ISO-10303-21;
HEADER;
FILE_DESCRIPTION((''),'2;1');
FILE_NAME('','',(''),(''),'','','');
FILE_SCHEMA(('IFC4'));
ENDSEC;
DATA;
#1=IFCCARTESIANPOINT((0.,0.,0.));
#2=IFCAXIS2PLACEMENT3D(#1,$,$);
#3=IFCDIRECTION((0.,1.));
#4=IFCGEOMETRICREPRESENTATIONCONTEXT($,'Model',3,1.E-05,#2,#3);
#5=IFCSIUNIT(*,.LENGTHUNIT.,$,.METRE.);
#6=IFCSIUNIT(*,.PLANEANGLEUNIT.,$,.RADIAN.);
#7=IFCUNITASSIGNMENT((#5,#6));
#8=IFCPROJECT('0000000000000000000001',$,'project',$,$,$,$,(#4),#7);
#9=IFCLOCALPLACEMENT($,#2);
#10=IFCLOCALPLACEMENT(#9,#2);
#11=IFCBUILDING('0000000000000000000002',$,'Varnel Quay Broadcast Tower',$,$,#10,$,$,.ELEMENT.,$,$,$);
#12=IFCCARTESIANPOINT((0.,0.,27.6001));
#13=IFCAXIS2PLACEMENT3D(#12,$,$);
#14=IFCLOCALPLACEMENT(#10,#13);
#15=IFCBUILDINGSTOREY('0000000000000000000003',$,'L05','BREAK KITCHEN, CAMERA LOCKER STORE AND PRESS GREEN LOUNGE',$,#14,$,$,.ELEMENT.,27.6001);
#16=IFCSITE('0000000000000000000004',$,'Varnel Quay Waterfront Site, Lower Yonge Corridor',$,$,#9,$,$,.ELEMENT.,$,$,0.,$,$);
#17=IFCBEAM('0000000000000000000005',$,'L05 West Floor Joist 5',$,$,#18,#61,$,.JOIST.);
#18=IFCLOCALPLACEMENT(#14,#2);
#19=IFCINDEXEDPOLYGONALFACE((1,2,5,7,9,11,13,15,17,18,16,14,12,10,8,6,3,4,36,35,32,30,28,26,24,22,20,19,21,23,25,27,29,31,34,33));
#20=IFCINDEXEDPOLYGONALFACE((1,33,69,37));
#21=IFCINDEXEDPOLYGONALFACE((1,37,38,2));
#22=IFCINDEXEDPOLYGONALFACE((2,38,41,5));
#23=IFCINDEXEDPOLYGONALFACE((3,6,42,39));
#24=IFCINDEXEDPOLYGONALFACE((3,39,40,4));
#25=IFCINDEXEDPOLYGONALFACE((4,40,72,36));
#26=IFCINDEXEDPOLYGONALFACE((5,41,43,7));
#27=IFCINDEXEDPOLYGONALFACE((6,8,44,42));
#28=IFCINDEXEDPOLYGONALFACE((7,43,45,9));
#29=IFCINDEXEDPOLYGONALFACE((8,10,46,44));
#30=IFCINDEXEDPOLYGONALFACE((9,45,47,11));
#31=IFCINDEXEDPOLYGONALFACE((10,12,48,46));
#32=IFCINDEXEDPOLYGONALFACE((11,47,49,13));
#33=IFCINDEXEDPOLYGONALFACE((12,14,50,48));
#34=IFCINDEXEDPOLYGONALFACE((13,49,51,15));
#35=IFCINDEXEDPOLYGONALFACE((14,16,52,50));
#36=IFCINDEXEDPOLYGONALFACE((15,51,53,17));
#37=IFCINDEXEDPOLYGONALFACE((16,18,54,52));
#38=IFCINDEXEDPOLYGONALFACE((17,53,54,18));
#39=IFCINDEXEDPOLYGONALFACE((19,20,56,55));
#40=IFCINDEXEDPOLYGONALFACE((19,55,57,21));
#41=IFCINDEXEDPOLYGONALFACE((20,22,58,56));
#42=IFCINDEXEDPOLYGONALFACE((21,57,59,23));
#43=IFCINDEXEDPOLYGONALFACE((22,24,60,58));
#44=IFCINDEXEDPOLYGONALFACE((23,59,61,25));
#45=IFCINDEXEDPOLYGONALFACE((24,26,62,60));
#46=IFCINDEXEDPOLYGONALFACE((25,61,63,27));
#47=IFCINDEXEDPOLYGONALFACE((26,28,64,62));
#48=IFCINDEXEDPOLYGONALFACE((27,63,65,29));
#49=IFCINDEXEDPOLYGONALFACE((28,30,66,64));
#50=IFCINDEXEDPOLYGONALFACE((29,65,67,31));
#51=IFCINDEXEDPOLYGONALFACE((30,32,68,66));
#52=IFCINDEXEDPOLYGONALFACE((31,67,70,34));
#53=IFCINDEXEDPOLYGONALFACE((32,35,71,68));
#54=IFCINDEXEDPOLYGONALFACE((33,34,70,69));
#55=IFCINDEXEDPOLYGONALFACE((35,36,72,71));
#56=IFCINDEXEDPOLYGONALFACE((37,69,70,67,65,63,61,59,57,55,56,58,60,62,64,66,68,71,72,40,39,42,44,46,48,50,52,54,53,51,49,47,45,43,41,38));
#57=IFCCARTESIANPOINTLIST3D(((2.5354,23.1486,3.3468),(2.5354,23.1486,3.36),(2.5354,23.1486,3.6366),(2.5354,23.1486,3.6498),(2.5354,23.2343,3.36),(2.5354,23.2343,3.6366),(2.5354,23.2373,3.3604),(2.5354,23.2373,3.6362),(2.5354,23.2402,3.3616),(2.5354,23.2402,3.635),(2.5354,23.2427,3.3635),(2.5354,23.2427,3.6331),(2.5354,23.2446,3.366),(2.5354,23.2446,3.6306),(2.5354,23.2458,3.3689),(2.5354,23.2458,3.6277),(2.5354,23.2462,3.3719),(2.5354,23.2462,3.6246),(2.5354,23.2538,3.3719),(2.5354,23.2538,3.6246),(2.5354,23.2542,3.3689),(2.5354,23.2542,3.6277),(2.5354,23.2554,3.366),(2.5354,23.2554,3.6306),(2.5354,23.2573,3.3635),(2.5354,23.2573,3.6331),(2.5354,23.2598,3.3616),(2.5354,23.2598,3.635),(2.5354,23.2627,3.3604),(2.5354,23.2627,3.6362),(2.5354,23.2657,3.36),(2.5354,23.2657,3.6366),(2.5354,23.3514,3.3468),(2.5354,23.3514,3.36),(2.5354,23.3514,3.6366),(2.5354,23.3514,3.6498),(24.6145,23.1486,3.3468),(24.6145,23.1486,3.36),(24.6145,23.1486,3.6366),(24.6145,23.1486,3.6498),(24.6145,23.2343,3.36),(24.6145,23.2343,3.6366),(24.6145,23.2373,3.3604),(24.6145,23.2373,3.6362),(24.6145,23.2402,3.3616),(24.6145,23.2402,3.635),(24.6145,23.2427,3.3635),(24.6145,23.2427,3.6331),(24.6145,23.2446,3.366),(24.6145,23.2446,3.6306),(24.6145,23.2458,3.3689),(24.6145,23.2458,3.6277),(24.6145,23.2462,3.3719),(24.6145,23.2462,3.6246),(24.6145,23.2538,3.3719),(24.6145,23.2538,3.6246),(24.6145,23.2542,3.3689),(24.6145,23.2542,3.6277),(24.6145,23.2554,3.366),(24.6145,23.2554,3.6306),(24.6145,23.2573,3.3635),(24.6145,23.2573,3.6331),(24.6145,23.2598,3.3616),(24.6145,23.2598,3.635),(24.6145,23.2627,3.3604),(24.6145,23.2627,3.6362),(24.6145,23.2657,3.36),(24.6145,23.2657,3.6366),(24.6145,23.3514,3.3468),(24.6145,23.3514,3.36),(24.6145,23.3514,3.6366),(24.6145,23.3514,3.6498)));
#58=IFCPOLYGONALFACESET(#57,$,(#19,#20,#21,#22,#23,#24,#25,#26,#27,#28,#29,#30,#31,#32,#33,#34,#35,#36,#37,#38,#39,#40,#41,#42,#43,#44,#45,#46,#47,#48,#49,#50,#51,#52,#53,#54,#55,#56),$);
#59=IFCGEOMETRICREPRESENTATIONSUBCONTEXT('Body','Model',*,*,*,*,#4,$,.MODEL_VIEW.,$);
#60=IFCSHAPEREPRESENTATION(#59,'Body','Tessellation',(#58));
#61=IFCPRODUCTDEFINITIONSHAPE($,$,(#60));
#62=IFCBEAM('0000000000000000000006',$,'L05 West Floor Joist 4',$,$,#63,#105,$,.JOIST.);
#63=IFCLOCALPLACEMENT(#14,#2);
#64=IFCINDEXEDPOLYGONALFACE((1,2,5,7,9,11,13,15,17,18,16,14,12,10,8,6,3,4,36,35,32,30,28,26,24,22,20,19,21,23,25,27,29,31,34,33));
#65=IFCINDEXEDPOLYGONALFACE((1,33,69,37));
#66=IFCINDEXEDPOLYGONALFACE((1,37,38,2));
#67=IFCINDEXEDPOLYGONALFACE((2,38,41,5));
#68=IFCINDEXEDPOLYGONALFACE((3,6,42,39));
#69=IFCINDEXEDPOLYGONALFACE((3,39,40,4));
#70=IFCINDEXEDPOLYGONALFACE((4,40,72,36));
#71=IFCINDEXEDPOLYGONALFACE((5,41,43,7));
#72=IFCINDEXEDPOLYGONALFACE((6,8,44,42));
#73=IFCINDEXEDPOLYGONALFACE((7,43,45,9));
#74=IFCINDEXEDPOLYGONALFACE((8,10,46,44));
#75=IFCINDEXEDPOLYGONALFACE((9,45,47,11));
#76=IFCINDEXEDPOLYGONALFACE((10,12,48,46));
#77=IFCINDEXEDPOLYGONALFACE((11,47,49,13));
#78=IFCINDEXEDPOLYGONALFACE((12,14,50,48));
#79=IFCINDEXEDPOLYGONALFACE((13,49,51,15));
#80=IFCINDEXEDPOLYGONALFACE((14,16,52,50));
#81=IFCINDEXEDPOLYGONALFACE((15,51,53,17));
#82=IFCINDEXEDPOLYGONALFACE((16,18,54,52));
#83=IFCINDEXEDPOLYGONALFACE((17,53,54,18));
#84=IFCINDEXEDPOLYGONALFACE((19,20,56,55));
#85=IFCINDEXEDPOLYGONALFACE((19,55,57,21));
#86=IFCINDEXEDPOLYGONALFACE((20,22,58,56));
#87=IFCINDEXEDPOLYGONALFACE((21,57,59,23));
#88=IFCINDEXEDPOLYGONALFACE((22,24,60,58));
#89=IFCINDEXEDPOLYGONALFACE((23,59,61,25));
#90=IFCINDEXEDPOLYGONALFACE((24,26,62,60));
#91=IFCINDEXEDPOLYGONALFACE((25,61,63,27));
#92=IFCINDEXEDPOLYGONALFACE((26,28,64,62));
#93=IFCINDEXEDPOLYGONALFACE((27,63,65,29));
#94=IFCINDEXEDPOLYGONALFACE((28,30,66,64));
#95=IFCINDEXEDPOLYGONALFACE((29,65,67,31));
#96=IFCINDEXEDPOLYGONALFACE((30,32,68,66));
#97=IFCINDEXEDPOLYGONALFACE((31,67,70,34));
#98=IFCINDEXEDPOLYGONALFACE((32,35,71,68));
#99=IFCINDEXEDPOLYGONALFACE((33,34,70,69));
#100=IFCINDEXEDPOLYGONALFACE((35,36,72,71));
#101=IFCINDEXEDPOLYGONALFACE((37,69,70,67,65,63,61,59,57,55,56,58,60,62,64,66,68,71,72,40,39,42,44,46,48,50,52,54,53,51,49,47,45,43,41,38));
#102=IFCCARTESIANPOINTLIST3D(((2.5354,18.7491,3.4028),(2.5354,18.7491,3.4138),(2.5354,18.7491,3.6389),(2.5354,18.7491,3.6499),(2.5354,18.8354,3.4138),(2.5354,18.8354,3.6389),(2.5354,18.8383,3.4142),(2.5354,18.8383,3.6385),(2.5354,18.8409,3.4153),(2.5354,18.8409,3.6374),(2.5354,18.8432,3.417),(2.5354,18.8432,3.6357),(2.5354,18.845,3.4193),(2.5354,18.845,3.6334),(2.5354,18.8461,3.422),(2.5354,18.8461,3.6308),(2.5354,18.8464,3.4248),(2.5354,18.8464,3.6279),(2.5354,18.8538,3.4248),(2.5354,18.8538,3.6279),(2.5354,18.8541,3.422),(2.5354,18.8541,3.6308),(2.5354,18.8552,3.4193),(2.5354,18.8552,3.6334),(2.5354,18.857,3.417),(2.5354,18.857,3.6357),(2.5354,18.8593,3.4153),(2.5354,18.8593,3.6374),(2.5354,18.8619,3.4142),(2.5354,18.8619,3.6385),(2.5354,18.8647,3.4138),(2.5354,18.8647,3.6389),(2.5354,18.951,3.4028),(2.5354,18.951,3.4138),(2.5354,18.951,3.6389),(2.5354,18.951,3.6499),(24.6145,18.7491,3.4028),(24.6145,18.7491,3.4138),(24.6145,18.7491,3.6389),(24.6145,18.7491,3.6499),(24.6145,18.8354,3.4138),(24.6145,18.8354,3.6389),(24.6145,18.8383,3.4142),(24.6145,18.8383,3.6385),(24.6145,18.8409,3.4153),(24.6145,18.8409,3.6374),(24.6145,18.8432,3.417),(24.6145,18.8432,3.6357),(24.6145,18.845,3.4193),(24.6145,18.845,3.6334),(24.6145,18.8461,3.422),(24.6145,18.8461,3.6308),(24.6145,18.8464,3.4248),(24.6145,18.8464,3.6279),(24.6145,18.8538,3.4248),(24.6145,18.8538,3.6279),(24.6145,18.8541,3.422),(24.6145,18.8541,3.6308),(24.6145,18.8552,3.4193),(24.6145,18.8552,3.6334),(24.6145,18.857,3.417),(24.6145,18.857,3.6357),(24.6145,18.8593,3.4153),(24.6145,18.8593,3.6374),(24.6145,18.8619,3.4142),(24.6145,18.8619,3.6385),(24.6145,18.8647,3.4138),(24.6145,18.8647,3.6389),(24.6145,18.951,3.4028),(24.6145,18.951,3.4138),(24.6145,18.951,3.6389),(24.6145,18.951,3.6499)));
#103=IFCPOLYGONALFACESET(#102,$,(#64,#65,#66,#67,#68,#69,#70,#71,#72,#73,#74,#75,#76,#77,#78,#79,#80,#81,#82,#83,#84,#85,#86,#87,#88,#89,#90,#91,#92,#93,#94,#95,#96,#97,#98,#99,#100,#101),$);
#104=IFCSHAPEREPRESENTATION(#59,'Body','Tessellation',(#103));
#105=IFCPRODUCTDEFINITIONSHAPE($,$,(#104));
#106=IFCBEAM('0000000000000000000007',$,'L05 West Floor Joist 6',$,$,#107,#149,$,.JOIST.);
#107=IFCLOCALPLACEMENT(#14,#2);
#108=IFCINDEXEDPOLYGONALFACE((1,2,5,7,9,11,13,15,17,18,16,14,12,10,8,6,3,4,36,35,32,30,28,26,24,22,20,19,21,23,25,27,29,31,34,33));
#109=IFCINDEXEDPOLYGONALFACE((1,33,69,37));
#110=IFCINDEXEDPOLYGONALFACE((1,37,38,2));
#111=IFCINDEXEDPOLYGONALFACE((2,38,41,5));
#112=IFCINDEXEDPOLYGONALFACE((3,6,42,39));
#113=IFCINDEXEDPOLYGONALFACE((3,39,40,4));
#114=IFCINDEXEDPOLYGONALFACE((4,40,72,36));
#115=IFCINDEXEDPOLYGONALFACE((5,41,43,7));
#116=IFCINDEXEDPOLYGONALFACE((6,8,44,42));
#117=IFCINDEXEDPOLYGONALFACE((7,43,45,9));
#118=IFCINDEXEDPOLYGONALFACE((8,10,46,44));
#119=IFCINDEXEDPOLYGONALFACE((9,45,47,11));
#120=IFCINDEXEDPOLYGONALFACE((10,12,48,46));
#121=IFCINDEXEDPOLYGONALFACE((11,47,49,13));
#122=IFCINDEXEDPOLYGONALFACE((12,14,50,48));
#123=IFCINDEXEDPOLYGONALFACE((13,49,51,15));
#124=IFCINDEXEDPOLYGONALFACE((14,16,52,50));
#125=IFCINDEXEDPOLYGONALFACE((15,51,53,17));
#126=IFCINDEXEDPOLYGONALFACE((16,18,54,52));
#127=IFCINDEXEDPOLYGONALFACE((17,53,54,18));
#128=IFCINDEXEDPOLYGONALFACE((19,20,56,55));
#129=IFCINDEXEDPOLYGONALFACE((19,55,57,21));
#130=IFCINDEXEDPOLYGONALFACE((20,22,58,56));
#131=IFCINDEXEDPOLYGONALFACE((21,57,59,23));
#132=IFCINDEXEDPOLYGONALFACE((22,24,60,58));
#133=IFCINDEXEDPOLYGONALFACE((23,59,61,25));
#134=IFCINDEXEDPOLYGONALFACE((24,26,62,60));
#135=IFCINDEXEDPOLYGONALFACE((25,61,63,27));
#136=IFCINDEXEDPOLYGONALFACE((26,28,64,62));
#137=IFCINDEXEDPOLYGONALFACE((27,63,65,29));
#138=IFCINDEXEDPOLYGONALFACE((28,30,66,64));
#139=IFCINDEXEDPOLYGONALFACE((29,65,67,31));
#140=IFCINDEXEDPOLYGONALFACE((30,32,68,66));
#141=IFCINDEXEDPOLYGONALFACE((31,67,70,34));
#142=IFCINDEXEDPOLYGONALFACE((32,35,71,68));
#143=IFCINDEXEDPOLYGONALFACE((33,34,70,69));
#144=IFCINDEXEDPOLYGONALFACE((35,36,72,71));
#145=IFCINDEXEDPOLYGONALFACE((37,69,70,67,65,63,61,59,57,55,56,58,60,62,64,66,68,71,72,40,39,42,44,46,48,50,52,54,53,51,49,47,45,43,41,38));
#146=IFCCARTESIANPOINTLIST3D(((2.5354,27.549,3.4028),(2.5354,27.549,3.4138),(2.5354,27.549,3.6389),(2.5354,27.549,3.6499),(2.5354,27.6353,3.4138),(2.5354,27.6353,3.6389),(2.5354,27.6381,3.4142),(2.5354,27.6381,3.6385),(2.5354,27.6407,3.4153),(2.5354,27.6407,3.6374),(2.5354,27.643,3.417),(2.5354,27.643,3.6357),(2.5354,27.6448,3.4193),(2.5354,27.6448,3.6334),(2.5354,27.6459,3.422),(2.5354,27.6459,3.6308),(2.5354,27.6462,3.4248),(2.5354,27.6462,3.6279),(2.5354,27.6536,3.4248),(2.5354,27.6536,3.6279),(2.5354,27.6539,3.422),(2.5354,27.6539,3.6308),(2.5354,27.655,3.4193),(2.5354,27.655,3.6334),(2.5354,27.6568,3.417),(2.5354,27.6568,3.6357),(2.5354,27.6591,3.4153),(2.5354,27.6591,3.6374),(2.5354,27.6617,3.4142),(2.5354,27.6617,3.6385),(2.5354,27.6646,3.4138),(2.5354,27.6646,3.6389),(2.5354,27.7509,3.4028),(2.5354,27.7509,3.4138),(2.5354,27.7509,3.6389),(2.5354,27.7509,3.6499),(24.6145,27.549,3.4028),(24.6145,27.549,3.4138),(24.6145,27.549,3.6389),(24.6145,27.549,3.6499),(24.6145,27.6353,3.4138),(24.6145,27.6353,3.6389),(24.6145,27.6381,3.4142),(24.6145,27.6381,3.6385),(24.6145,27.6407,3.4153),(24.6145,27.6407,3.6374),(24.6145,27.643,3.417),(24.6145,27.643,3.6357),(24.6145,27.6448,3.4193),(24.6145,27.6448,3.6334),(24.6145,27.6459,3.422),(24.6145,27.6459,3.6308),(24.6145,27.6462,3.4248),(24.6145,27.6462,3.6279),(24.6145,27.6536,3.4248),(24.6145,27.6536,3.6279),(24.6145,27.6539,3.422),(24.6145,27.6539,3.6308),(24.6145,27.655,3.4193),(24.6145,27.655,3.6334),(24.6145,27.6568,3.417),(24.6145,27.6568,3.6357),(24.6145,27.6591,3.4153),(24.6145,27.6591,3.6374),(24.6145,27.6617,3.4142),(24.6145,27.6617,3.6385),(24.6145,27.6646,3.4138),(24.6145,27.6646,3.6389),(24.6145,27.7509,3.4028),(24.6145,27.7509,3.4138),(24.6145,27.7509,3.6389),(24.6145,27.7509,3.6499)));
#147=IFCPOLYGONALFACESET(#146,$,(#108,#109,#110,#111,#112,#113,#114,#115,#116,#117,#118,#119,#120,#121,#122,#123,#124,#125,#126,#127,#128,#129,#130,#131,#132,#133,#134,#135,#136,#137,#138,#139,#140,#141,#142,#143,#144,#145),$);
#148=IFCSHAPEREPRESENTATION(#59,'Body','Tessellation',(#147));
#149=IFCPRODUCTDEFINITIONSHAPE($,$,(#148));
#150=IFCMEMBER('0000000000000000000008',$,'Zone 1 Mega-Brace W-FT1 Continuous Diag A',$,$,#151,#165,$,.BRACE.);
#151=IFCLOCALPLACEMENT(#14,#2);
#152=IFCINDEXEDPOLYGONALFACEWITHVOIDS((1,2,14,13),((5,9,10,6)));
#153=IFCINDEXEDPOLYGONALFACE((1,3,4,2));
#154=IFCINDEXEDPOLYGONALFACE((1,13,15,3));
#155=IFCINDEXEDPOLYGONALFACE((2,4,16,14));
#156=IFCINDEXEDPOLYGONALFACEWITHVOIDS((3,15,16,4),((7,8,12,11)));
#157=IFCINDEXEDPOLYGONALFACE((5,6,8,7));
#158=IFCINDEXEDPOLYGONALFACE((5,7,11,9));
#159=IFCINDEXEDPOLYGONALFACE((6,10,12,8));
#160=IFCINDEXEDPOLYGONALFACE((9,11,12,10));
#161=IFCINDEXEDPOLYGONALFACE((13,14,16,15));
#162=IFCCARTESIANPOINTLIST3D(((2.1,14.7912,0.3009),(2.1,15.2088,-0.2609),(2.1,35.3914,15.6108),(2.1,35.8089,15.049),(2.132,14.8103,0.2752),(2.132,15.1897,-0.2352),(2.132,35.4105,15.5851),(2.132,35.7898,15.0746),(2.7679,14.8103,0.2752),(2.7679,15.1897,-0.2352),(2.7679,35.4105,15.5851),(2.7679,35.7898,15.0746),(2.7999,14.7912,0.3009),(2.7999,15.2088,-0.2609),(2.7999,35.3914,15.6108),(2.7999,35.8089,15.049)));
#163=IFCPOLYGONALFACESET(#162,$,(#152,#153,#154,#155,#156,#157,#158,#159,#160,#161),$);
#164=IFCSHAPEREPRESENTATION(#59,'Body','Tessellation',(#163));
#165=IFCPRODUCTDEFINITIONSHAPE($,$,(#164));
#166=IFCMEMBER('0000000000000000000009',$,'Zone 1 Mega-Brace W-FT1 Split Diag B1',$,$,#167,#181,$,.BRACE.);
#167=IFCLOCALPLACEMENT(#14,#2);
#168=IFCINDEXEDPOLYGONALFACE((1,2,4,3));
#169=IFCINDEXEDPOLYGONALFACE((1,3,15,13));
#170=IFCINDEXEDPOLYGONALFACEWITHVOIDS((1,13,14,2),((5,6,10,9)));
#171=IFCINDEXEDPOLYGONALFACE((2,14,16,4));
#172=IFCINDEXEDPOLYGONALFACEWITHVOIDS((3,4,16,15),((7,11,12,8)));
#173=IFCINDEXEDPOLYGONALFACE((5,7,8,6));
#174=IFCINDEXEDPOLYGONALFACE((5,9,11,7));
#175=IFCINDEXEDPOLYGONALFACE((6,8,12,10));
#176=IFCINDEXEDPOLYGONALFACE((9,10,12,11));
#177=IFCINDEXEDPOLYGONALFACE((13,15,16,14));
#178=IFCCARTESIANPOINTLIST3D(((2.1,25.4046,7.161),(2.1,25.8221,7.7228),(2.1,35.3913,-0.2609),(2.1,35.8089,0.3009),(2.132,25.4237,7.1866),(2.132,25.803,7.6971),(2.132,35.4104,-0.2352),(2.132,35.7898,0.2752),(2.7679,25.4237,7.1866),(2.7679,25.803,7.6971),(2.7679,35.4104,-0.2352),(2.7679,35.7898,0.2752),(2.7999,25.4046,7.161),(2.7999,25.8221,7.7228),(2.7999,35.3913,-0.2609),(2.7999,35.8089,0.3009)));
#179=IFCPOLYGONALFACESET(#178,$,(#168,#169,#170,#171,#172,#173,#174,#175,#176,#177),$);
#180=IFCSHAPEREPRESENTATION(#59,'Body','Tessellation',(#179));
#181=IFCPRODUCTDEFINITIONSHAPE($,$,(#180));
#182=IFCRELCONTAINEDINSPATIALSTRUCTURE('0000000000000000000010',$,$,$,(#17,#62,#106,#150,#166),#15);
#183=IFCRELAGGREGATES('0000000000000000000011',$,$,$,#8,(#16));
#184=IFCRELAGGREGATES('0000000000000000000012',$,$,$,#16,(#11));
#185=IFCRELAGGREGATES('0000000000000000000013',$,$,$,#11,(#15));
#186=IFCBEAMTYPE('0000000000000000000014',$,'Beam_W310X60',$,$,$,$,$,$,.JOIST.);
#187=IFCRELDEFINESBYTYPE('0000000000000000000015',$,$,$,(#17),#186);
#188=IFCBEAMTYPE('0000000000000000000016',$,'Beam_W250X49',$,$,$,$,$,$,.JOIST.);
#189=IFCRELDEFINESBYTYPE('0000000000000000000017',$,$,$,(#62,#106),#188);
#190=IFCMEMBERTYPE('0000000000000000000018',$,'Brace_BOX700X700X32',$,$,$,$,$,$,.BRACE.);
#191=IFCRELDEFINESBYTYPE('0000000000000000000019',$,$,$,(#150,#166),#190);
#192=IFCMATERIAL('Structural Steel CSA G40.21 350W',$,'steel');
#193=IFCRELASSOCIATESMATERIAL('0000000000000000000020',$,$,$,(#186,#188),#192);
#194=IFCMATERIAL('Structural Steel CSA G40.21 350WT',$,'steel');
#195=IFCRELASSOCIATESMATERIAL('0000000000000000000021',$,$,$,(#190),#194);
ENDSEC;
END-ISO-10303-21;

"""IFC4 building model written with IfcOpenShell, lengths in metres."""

from ifc_helpers import new_model, si_unit, direction, frame, origin, origin_2d, place, context, subcontext, project, spatial, hollow_rectangle, i_section, extrude, source, transform, mapped, material, material_profile, profile_set, type_object, type_shapes, element, save


model = new_model("IFC4")

# Units and contexts
model_context = context("Model", 3, precision=1e-05, world=origin(), true_north=direction((0.0, 1.0)))
body_context = subcontext(model_context, "Body", "Model", "MODEL_VIEW")
ifc_project = project(units=[si_unit("LENGTHUNIT", "METRE"), si_unit("PLANEANGLEUNIT", "RADIAN")], contexts=[model_context])

# Site, building, storey
site_placement = place(None, origin())
site = spatial("IfcSite", under=ifc_project, at=site_placement, Name="Varnel Quay Waterfront Site, Lower Yonge Corridor", CompositionType="ELEMENT", RefElevation=0.0)
building_placement = place(site_placement, origin())
building = spatial("IfcBuilding", under=site, at=building_placement, Name="Varnel Quay Broadcast Tower", CompositionType="ELEMENT")
storey_placement = place(building_placement, frame((0.0, 0.0, 27.6001)))
storey = spatial("IfcBuildingStorey", under=building, at=storey_placement, Name="L05", Description="BREAK KITCHEN, CAMERA LOCKER STORE AND PRESS GREEN LOUNGE", CompositionType="ELEMENT", Elevation=27.6001)

# Shared definitions
ifc_material_1 = material(Name="Structural Steel CSA G40.21 350WT", Category="steel")
ifc_material_2 = material(Name="Structural Steel CSA G40.21 350W", Category="steel")

# Beams
ifc_material_profile_1 = material_profile(ifc_material_2, i_section(OverallWidth=0.2029, OverallDepth=0.303, WebThickness=0.0076, FlangeThickness=0.0132, FilletRadius=0.012, at=origin_2d()), Name="W310X60")
ifc_profile_set_1 = profile_set([ifc_material_profile_1], Name="Structural Steel CSA G40.21 350W")
beam_type_1 = type_object("IfcBeamType", Name="Beam_W310X60", PredefinedType="JOIST", material=ifc_profile_set_1)
shared_shape_1 = source(origin(), body_context, "Body", "SweptSolid", [
    extrude(i_section(OverallWidth=0.2029, OverallDepth=0.303, WebThickness=0.0076, FlangeThickness=0.0132, FilletRadius=0.012, at=origin_2d()), origin(), (0.0, 0.0, 1.0), 22.0791),
])
beam_1_placement = place(storey_placement, frame((2.5354, 23.25, 3.4983), z_axis=(1.0, 0.0, 0.0), x_axis=(0.0, 1.0, 0.0)))
element("IfcBeam", 1, at=beam_1_placement, inside=storey, type_object=beam_type_1, Name="L05 West Floor Joist 5", PredefinedType="JOIST", context=body_context, shape_type="MappedRepresentation", body=[
    mapped(shared_shape_1, transform((0.0, 0.0, 0.0), x_axis=(1.0, 0.0, 0.0), y_axis=(0.0, 1.0, 0.0), z_axis=(0.0, 0.0, 1.0), scale=1.0)),
])
ifc_material_profile_2 = material_profile(ifc_material_2, i_section(OverallWidth=0.2019, OverallDepth=0.2471, WebThickness=0.0073, FlangeThickness=0.011, FilletRadius=0.011, at=origin_2d()), Name="W250X49")
ifc_profile_set_2 = profile_set([ifc_material_profile_2], Name="Structural Steel CSA G40.21 350W")
beam_type_2 = type_object("IfcBeamType", Name="Beam_W250X49", PredefinedType="JOIST", material=ifc_profile_set_2)
shared_shape_2 = source(origin(), body_context, "Body", "SweptSolid", [
    extrude(i_section(OverallWidth=0.2019, OverallDepth=0.2471, WebThickness=0.0073, FlangeThickness=0.011, FilletRadius=0.011, at=origin_2d()), origin(), (0.0, 0.0, 1.0), 22.0791),
])
type_shapes(beam_type_2, [shared_shape_2])
for number, where, z_axis, x_axis, name in (
    (2, (2.5354, 18.8501, 3.5264), (1.0, 0.0, 0.0), (0.0, 1.0, 0.0), "L05 West Floor Joist 4"),
    (3, (2.5354, 27.6499, 3.5264), (1.0, 0.0, 0.0), (0.0, 1.0, 0.0), "L05 West Floor Joist 6"),
):
    element("IfcBeam", number, at=place(storey_placement, frame(where, z_axis=z_axis, x_axis=x_axis)), inside=storey, type_object=beam_type_2, Name=name, PredefinedType="JOIST", context=body_context, shape_type="MappedRepresentation", body=[
        mapped(shared_shape_2, transform((0.0, 0.0, 0.0), x_axis=(1.0, 0.0, 0.0), y_axis=(0.0, 1.0, 0.0), z_axis=(0.0, 0.0, 1.0), scale=1.0)),
    ])

# Members
ifc_material_profile_3 = material_profile(ifc_material_1, hollow_rectangle(XDim=0.7, YDim=0.7, WallThickness=0.032, at=origin_2d()), Name="BOX700X700X32")
ifc_profile_set_3 = profile_set([ifc_material_profile_3], Name="Structural Steel CSA G40.21 350WT")
member_type_1 = type_object("IfcMemberType", Name="Brace_BOX700X700X32", PredefinedType="BRACE", material=ifc_profile_set_3)
shared_shape_3 = source(origin(), body_context, "Body", "SweptSolid", [
    extrude(hollow_rectangle(XDim=0.7, YDim=0.7, WallThickness=0.032, at=origin_2d()), origin(), (0.0, 0.0, 1.0), 25.6663),
])
member_1_placement = place(storey_placement, frame((2.45, 15.0, 0.02), z_axis=(0.0, 0.802615, 0.596497), x_axis=(-1.0, 0.0, 0.0)))
element("IfcMember", 4, at=member_1_placement, inside=storey, type_object=member_type_1, Name="Zone 1 Mega-Brace W-FT1 Continuous Diag A", PredefinedType="BRACE", context=body_context, shape_type="MappedRepresentation", body=[
    mapped(shared_shape_3, transform((0.0, 0.0, 0.0), x_axis=(1.0, 0.0, 0.0), y_axis=(0.0, 1.0, 0.0), z_axis=(0.0, 0.0, 1.0), scale=1.0)),
])
shared_shape_4 = source(origin(), body_context, "Body", "SweptSolid", [
    extrude(hollow_rectangle(XDim=0.7, YDim=0.7, WallThickness=0.032, at=origin_2d()), origin(), (0.0, 0.0, 1.0), 12.4426),
])
type_shapes(member_type_1, [shared_shape_3, shared_shape_4])
member_2_placement = place(storey_placement, frame((2.45, 35.6001, 0.02), z_axis=(0.0, -0.802625, 0.596484), x_axis=(1.0, 0.0, 0.0)))
element("IfcMember", 5, at=member_2_placement, inside=storey, type_object=member_type_1, Name="Zone 1 Mega-Brace W-FT1 Split Diag B1", PredefinedType="BRACE", context=body_context, shape_type="MappedRepresentation", body=[
    mapped(shared_shape_4, transform((0.0, 0.0, 0.0), x_axis=(1.0, 0.0, 0.0), y_axis=(0.0, 1.0, 0.0), z_axis=(0.0, 0.0, 1.0), scale=1.0)),
])

save(model, "model.ifc")
